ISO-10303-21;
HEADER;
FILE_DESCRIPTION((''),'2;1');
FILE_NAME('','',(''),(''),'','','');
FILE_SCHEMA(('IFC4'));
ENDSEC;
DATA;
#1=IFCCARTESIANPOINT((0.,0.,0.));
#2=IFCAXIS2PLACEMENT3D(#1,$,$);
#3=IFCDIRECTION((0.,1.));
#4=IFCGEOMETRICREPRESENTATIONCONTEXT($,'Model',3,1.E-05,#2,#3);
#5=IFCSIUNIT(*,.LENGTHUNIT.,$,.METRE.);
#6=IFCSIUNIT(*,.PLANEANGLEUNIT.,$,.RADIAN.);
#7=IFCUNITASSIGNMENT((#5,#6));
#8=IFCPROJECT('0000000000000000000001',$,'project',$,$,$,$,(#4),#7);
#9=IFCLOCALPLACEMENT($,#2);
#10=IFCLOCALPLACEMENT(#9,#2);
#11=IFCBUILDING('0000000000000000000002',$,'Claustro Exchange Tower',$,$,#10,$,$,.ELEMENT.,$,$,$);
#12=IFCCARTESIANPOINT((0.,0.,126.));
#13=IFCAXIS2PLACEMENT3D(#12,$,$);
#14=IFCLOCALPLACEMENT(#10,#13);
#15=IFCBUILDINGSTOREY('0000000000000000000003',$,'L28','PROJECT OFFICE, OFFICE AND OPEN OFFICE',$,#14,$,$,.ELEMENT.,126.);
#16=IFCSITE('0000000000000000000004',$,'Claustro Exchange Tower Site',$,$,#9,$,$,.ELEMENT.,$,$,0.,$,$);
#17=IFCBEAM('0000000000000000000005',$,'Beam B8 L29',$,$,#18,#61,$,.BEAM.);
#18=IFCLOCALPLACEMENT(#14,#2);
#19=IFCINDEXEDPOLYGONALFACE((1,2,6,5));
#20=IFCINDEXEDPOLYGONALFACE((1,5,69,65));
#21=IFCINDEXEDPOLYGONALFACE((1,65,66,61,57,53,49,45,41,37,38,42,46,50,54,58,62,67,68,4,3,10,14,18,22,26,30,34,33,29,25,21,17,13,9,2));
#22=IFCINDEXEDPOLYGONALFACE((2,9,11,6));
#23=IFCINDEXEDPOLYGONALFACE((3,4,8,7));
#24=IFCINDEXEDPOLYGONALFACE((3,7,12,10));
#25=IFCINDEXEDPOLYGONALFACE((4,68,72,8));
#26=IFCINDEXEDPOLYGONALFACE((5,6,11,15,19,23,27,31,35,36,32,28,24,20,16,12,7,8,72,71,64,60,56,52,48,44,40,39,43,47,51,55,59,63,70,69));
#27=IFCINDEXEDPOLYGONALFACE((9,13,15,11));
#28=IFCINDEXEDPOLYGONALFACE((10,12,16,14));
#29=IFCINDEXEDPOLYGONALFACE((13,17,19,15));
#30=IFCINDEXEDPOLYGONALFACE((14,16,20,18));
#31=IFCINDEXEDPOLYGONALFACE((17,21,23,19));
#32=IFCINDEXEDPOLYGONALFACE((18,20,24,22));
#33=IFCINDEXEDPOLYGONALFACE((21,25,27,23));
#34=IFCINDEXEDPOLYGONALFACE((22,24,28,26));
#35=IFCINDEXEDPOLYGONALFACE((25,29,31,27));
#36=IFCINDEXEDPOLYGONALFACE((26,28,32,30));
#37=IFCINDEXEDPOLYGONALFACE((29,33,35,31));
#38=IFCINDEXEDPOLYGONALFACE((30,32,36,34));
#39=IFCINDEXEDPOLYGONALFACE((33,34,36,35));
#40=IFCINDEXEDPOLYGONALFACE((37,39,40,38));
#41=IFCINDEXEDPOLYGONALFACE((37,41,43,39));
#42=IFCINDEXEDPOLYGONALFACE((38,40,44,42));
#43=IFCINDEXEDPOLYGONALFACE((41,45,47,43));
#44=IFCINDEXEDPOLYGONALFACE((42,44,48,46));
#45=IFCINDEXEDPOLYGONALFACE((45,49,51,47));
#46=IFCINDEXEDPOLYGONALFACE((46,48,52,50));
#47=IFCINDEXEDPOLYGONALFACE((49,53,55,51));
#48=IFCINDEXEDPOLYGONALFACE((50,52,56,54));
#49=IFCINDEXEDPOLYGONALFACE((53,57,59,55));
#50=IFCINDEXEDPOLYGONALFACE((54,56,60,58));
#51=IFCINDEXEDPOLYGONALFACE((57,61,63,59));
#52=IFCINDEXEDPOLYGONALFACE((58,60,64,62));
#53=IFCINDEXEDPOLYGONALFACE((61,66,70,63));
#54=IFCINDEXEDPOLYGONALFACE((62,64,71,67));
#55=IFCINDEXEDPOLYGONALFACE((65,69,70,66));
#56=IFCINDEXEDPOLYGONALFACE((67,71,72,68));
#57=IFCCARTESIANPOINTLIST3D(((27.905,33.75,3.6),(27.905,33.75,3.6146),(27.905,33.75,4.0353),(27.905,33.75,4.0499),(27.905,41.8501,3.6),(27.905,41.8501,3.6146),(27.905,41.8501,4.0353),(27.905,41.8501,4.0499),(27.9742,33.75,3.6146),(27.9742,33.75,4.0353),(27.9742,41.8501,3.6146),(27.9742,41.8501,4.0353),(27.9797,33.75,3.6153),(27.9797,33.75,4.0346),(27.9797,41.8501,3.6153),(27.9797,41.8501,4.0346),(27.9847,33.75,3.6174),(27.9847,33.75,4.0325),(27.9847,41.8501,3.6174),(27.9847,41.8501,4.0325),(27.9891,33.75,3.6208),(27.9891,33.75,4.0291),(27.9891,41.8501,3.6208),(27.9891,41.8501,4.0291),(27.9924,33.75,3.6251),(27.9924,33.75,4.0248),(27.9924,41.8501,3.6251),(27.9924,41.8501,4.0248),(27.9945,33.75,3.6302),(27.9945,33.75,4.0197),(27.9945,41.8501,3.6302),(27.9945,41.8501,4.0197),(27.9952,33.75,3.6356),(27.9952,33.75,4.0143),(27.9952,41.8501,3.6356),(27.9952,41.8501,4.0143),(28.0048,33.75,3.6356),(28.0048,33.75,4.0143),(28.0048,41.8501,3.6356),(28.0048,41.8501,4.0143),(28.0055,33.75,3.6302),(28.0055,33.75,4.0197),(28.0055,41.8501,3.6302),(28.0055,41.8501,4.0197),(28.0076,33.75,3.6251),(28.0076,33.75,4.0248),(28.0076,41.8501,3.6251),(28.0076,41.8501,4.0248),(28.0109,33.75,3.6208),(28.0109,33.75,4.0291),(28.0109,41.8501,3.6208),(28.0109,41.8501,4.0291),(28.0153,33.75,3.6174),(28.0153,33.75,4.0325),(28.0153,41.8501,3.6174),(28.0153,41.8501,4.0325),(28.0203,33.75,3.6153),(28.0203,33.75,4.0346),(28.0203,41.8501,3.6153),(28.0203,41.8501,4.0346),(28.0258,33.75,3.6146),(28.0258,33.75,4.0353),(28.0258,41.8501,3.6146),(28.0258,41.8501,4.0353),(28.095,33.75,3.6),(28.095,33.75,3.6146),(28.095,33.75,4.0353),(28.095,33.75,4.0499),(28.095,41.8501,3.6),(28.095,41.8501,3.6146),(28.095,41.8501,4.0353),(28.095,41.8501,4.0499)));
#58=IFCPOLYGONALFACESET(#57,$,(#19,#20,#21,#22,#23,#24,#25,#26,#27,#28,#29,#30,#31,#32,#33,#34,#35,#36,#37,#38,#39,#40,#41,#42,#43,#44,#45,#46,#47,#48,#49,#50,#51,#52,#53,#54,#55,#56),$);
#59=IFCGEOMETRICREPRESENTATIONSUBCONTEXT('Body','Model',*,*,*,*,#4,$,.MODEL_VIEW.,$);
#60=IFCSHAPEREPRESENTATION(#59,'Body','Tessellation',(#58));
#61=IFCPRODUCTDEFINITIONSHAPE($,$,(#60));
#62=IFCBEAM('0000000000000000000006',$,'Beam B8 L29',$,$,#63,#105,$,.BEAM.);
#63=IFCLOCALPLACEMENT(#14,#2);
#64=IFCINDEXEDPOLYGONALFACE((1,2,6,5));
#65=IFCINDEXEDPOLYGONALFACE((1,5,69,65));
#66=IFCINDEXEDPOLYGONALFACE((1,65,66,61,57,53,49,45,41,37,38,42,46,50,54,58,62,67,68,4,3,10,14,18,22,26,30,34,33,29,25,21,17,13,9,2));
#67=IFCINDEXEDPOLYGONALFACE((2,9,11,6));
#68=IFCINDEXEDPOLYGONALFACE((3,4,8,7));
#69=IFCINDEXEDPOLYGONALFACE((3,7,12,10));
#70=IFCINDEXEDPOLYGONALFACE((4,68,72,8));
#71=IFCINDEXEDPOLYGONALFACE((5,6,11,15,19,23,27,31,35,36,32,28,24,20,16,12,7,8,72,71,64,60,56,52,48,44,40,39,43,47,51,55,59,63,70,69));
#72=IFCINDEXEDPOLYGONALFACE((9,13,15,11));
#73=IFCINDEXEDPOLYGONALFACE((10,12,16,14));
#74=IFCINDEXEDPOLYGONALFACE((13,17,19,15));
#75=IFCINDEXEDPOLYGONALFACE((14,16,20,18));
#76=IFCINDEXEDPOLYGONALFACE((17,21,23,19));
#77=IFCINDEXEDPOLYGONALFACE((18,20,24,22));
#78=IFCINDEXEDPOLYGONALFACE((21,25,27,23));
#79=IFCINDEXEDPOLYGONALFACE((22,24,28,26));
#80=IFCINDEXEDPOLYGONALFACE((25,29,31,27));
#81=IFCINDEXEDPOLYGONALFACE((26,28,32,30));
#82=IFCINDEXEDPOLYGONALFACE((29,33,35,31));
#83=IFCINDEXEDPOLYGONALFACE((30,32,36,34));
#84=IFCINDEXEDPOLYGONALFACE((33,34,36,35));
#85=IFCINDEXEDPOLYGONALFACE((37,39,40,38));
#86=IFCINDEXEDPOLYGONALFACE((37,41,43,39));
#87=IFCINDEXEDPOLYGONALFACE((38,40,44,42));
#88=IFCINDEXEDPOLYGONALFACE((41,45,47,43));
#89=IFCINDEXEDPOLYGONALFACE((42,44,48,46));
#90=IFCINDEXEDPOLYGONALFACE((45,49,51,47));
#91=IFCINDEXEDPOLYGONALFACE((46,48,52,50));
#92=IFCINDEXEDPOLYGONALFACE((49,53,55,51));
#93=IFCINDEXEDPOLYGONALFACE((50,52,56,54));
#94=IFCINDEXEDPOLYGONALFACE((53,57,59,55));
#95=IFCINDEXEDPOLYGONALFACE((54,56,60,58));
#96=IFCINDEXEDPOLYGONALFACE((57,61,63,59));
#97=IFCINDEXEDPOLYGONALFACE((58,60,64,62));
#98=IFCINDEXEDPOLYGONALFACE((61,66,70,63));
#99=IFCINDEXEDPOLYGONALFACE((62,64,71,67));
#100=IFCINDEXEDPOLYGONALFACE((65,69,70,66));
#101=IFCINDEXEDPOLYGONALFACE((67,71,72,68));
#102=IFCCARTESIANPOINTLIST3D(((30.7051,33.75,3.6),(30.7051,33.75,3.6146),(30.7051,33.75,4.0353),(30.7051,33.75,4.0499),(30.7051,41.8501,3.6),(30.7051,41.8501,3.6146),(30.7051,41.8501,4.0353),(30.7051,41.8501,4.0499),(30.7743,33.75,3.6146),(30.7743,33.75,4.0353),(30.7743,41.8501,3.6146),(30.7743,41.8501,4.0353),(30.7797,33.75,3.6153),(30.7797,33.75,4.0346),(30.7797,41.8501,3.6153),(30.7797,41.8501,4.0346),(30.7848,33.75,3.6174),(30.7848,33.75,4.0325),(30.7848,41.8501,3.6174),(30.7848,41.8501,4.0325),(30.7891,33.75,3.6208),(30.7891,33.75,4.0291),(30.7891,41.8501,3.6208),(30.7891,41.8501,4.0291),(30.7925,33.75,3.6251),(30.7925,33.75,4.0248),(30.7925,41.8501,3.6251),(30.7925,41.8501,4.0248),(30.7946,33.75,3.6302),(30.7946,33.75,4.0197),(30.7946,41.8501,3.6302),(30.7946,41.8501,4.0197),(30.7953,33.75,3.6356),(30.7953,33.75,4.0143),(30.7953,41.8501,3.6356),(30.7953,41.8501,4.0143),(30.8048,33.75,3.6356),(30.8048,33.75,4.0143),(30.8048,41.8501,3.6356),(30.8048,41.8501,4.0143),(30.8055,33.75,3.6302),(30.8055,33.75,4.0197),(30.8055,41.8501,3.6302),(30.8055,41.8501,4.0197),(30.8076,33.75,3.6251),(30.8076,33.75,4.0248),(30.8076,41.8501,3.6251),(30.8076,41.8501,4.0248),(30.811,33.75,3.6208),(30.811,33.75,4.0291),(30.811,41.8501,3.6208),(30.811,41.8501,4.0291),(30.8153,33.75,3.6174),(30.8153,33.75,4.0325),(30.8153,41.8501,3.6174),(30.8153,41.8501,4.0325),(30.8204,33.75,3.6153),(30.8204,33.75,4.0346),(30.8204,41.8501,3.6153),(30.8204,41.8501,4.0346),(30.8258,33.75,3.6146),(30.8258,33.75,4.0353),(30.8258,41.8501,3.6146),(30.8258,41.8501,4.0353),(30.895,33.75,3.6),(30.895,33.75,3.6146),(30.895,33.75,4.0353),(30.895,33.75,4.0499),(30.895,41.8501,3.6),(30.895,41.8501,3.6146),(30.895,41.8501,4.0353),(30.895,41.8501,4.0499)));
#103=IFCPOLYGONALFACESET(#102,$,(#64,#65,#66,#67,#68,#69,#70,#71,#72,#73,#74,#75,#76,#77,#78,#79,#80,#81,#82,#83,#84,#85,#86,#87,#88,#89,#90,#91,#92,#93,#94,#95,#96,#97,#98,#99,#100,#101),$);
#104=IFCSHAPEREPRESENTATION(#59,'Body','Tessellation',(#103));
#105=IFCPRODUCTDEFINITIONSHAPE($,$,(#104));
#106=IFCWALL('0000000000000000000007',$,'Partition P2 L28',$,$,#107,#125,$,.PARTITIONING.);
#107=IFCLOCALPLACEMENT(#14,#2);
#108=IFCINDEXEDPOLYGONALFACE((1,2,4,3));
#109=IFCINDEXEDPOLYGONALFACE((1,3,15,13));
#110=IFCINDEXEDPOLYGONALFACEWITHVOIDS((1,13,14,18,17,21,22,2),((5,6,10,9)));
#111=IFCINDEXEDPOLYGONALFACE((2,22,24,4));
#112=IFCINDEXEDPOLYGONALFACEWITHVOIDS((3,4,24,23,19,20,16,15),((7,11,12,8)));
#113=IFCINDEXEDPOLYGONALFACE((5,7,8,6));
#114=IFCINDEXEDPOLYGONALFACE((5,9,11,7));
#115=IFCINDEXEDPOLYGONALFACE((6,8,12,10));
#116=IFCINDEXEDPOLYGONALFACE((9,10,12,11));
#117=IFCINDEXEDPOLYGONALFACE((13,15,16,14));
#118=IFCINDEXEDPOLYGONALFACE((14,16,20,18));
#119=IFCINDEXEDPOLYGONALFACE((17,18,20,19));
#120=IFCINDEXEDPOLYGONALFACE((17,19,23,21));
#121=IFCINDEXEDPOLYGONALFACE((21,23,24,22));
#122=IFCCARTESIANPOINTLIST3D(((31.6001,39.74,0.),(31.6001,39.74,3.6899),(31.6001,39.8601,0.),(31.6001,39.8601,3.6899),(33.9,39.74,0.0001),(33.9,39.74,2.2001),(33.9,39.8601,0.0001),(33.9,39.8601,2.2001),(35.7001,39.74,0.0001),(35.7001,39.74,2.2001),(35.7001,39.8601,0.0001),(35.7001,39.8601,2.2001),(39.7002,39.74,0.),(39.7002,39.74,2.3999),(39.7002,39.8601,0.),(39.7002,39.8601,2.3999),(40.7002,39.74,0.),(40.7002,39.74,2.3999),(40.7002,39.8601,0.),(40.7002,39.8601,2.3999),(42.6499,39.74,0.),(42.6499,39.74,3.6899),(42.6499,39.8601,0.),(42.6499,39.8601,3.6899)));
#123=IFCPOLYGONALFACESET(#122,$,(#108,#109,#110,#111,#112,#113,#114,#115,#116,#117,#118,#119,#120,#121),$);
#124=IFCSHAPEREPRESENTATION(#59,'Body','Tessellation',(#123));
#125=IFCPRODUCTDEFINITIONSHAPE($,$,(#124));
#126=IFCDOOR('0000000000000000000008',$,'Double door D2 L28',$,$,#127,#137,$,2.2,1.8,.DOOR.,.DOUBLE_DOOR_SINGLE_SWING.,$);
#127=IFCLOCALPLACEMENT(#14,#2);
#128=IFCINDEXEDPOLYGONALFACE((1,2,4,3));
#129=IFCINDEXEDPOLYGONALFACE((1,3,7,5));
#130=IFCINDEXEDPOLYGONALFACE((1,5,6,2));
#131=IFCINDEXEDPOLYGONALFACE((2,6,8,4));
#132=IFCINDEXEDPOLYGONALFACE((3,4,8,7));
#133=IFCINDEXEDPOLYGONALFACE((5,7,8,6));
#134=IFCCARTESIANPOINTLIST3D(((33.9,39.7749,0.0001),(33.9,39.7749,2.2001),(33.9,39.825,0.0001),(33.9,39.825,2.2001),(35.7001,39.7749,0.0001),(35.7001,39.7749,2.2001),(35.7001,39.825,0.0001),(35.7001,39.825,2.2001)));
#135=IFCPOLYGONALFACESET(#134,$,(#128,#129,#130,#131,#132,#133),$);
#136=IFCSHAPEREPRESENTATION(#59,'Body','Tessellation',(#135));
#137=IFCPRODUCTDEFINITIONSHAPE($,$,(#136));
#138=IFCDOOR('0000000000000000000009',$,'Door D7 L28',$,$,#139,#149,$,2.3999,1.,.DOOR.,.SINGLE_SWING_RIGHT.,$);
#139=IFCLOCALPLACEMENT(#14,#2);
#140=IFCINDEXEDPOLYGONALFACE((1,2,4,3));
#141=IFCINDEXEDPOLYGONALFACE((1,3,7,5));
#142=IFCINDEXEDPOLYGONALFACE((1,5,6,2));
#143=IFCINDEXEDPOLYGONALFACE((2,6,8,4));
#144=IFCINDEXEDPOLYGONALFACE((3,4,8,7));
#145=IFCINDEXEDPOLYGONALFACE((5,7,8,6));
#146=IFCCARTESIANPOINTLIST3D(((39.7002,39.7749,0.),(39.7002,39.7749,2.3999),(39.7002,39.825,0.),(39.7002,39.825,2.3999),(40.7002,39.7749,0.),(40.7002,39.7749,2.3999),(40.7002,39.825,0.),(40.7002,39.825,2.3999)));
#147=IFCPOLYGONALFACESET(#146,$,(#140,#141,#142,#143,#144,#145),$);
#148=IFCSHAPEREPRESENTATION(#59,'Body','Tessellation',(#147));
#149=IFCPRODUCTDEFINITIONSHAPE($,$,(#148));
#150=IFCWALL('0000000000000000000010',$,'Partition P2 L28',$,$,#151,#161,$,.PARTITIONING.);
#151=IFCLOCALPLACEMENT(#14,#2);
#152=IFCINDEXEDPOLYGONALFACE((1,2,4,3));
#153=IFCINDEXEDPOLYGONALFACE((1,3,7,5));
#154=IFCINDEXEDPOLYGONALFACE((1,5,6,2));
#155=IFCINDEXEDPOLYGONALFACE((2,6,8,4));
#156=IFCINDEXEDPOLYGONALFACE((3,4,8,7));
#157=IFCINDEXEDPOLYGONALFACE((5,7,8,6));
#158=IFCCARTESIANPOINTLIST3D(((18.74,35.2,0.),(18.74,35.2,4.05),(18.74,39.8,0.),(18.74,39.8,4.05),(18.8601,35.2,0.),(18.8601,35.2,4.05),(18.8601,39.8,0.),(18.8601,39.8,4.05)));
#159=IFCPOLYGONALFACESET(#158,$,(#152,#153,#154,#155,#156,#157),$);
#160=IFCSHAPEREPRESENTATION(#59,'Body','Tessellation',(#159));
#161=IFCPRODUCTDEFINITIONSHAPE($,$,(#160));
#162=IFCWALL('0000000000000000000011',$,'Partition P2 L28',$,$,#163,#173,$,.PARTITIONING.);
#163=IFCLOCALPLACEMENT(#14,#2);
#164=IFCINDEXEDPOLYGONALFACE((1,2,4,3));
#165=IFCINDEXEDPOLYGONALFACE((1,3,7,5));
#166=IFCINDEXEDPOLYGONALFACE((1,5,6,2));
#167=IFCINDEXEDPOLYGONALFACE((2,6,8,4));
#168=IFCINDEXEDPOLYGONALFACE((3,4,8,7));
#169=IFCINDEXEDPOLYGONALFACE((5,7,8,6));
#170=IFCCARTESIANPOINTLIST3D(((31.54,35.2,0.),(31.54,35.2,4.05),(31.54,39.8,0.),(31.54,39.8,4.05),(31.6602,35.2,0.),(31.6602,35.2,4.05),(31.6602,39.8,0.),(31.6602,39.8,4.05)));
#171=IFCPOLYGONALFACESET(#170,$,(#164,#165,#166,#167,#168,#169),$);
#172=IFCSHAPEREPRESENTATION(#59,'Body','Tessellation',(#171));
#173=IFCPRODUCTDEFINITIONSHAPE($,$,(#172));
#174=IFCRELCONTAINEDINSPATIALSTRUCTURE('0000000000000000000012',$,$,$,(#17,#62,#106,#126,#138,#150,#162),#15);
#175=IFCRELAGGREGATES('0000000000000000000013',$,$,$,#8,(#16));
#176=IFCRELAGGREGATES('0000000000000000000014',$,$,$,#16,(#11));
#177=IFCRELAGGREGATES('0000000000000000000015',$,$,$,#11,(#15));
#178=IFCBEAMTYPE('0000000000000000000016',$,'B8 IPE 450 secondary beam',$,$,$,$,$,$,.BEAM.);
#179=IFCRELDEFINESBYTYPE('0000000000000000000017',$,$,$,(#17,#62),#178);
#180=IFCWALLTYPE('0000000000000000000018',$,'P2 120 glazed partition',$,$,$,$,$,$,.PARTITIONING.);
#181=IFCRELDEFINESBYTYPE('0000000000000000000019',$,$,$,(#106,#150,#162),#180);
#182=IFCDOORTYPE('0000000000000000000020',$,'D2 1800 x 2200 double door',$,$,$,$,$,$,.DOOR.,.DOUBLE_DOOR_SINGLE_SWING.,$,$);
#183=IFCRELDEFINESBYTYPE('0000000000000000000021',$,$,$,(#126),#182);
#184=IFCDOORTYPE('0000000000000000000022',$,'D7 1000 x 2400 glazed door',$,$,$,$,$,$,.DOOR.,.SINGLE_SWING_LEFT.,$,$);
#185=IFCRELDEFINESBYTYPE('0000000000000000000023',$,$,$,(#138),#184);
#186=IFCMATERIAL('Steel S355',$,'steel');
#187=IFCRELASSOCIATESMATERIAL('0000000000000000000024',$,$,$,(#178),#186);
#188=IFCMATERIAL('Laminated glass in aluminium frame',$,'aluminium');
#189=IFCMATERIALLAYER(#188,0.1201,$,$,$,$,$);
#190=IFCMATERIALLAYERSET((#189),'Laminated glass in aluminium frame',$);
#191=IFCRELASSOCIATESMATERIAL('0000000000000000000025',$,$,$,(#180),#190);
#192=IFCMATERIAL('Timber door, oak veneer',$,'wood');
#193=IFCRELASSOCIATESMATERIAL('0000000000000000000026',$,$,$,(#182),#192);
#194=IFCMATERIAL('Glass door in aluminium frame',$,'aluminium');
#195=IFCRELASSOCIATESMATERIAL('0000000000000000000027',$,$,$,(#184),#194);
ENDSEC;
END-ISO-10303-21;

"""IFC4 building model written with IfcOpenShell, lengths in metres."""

from ifc_helpers import new_model, si_unit, direction, frame, frame_2d, origin, origin_2d, place, context, subcontext, project, spatial, rectangle, i_section, extrude, material, layer, layer_set, material_profile, profile_set, type_object, element, fill, save


model = new_model("IFC4")

# Units and contexts
model_context = context("Model", 3, precision=1e-05, world=origin(), true_north=direction((0.0, 1.0)))
body_context = subcontext(model_context, "Body", "Model", "MODEL_VIEW")
ifc_project = project(units=[si_unit("LENGTHUNIT", "METRE"), si_unit("PLANEANGLEUNIT", "RADIAN")], contexts=[model_context])

# Site, building, storey
site_placement = place(None, origin())
site = spatial("IfcSite", under=ifc_project, at=site_placement, Name="Claustro Exchange Tower Site", CompositionType="ELEMENT", RefElevation=0.0)
building_placement = place(site_placement, origin())
building = spatial("IfcBuilding", under=site, at=building_placement, Name="Claustro Exchange Tower", CompositionType="ELEMENT")
storey_placement = place(building_placement, frame((0.0, 0.0, 126.0)))
storey = spatial("IfcBuildingStorey", under=building, at=storey_placement, Name="L28", Description="PROJECT OFFICE, OFFICE AND OPEN OFFICE", CompositionType="ELEMENT", Elevation=126.0)

# Beams
ifc_material_1 = material(Name="Steel S355", Category="steel")
ifc_material_profile_1 = material_profile(ifc_material_1, i_section(OverallWidth=0.1899, OverallDepth=0.45, WebThickness=0.0095, FlangeThickness=0.0146, FilletRadius=0.021, at=origin_2d()), Name="IPE 450")
ifc_profile_set_1 = profile_set([ifc_material_profile_1], Name="Steel S355")
beam_type_1 = type_object("IfcBeamType", Name="B8 IPE 450 secondary beam", PredefinedType="BEAM", material=ifc_profile_set_1)
for number, where, z_axis, x_axis, name in (
    (1, (28.0, 33.75, 3.825), (0.0, 1.0, 0.0), (-1.0, 0.0, 0.0), "Beam B8 L29"),
    (2, (30.8, 33.75, 3.825), (0.0, 1.0, 0.0), (-1.0, 0.0, 0.0), "Beam B8 L29"),
):
    element("IfcBeam", number, at=place(storey_placement, frame(where, z_axis=z_axis, x_axis=x_axis)), inside=storey, type_object=beam_type_1, Name=name, PredefinedType="BEAM", context=body_context, shape_type="SweptSolid", body=[
        extrude(i_section(OverallWidth=0.1899, OverallDepth=0.45, WebThickness=0.0095, FlangeThickness=0.0146, FilletRadius=0.021, at=origin_2d()), origin(), (0.0, 0.0, 1.0), 8.1001),
    ])

# Wall, openings, doors
ifc_material_2 = material(Name="Laminated glass in aluminium frame", Category="aluminium")
ifc_layer_1 = layer(ifc_material_2, 0.1201)
ifc_layer_set_1 = layer_set([ifc_layer_1], Name="Laminated glass in aluminium frame")
wall_type_1 = type_object("IfcWallType", Name="P2 120 glazed partition", PredefinedType="PARTITIONING", material=ifc_layer_set_1)
wall_1_placement = place(storey_placement, frame((31.6001, 39.8, 0.0), z_axis=(0.0, 0.0, 1.0), x_axis=(1.0, 0.0, 0.0)))
wall_1 = element("IfcWall", 3, at=wall_1_placement, inside=storey, type_object=wall_type_1, Name="Partition P2 L28", PredefinedType="PARTITIONING", context=body_context, shape_type="SweptSolid", body=[
    extrude(rectangle(XDim=11.0498, YDim=0.1201, at=frame_2d((5.5249, 0.0))), origin(), (0.0, 0.0, 1.0), 3.6899),
])
opening_1_placement = place(wall_1_placement, frame((2.3, 0.0, 0.0)))
opening_1 = element("IfcOpeningElement", 4, at=opening_1_placement, cuts=wall_1, PredefinedType="OPENING", context=body_context, shape_type="SweptSolid", body=[
    extrude(rectangle(XDim=1.8, YDim=2.2, at=frame_2d((0.8999, 1.1001))), frame((0.0, 0.0701, 0.0), z_axis=(0.0, -1.0, 0.0), x_axis=(1.0, 0.0, 0.0)), (0.0, 0.0, 1.0), 0.1401),
])
opening_2_placement = place(wall_1_placement, frame((8.1001, 0.0, 0.0)))
opening_2 = element("IfcOpeningElement", 5, at=opening_2_placement, cuts=wall_1, PredefinedType="OPENING", context=body_context, shape_type="SweptSolid", body=[
    extrude(rectangle(XDim=1.0, YDim=2.3999, at=frame_2d((0.5, 1.2))), frame((0.0, 0.0701, 0.0), z_axis=(0.0, -1.0, 0.0), x_axis=(1.0, 0.0, 0.0)), (0.0, 0.0, 1.0), 0.1401),
])
ifc_material_3 = material(Name="Timber door, oak veneer", Category="wood")
door_type_1 = type_object("IfcDoorType", Name="D2 1800 x 2200 double door", OperationType="DOUBLE_DOOR_SINGLE_SWING", PredefinedType="DOOR", material=ifc_material_3)
door_1_placement = place(opening_1_placement, origin())
door_1 = element("IfcDoor", 6, at=door_1_placement, inside=storey, type_object=door_type_1, Name="Double door D2 L28", OperationType="DOUBLE_DOOR_SINGLE_SWING", OverallHeight=2.2, OverallWidth=1.8, PredefinedType="DOOR", context=body_context, shape_type="SweptSolid", body=[
    extrude(rectangle(XDim=1.8, YDim=2.2, at=frame_2d((0.8999, 1.1001))), frame((0.0, 0.0249, 0.0), z_axis=(0.0, -1.0, 0.0), x_axis=(1.0, 0.0, 0.0)), (0.0, 0.0, 1.0), 0.05),
])
fill(opening_1, door_1)
ifc_material_4 = material(Name="Glass door in aluminium frame", Category="aluminium")
door_type_2 = type_object("IfcDoorType", Name="D7 1000 x 2400 glazed door", OperationType="SINGLE_SWING_LEFT", PredefinedType="DOOR", material=ifc_material_4)
door_2_placement = place(opening_2_placement, origin())
door_2 = element("IfcDoor", 7, at=door_2_placement, inside=storey, type_object=door_type_2, Name="Door D7 L28", OperationType="SINGLE_SWING_RIGHT", OverallHeight=2.3999, OverallWidth=1.0, PredefinedType="DOOR", context=body_context, shape_type="SweptSolid", body=[
    extrude(rectangle(XDim=1.0, YDim=2.3999, at=frame_2d((0.5, 1.2))), frame((0.0, 0.0249, 0.0), z_axis=(0.0, -1.0, 0.0), x_axis=(1.0, 0.0, 0.0)), (0.0, 0.0, 1.0), 0.05),
])
fill(opening_2, door_2)

# Walls
for number, where, z_axis, x_axis, name in (
    (8, (18.8, 35.2, 0.0), (0.0, 0.0, 1.0), (0.0, 1.0, 0.0), "Partition P2 L28"),
    (9, (31.6001, 35.2, 0.0), (0.0, 0.0, 1.0), (0.0, 1.0, 0.0), "Partition P2 L28"),
):
    element("IfcWall", number, at=place(storey_placement, frame(where, z_axis=z_axis, x_axis=x_axis)), inside=storey, type_object=wall_type_1, Name=name, PredefinedType="PARTITIONING", context=body_context, shape_type="SweptSolid", body=[
        extrude(rectangle(XDim=4.6001, YDim=0.1201, at=frame_2d((2.3, 0.0))), origin(), (0.0, 0.0, 1.0), 4.05),
    ])

save(model, "model.ifc")
